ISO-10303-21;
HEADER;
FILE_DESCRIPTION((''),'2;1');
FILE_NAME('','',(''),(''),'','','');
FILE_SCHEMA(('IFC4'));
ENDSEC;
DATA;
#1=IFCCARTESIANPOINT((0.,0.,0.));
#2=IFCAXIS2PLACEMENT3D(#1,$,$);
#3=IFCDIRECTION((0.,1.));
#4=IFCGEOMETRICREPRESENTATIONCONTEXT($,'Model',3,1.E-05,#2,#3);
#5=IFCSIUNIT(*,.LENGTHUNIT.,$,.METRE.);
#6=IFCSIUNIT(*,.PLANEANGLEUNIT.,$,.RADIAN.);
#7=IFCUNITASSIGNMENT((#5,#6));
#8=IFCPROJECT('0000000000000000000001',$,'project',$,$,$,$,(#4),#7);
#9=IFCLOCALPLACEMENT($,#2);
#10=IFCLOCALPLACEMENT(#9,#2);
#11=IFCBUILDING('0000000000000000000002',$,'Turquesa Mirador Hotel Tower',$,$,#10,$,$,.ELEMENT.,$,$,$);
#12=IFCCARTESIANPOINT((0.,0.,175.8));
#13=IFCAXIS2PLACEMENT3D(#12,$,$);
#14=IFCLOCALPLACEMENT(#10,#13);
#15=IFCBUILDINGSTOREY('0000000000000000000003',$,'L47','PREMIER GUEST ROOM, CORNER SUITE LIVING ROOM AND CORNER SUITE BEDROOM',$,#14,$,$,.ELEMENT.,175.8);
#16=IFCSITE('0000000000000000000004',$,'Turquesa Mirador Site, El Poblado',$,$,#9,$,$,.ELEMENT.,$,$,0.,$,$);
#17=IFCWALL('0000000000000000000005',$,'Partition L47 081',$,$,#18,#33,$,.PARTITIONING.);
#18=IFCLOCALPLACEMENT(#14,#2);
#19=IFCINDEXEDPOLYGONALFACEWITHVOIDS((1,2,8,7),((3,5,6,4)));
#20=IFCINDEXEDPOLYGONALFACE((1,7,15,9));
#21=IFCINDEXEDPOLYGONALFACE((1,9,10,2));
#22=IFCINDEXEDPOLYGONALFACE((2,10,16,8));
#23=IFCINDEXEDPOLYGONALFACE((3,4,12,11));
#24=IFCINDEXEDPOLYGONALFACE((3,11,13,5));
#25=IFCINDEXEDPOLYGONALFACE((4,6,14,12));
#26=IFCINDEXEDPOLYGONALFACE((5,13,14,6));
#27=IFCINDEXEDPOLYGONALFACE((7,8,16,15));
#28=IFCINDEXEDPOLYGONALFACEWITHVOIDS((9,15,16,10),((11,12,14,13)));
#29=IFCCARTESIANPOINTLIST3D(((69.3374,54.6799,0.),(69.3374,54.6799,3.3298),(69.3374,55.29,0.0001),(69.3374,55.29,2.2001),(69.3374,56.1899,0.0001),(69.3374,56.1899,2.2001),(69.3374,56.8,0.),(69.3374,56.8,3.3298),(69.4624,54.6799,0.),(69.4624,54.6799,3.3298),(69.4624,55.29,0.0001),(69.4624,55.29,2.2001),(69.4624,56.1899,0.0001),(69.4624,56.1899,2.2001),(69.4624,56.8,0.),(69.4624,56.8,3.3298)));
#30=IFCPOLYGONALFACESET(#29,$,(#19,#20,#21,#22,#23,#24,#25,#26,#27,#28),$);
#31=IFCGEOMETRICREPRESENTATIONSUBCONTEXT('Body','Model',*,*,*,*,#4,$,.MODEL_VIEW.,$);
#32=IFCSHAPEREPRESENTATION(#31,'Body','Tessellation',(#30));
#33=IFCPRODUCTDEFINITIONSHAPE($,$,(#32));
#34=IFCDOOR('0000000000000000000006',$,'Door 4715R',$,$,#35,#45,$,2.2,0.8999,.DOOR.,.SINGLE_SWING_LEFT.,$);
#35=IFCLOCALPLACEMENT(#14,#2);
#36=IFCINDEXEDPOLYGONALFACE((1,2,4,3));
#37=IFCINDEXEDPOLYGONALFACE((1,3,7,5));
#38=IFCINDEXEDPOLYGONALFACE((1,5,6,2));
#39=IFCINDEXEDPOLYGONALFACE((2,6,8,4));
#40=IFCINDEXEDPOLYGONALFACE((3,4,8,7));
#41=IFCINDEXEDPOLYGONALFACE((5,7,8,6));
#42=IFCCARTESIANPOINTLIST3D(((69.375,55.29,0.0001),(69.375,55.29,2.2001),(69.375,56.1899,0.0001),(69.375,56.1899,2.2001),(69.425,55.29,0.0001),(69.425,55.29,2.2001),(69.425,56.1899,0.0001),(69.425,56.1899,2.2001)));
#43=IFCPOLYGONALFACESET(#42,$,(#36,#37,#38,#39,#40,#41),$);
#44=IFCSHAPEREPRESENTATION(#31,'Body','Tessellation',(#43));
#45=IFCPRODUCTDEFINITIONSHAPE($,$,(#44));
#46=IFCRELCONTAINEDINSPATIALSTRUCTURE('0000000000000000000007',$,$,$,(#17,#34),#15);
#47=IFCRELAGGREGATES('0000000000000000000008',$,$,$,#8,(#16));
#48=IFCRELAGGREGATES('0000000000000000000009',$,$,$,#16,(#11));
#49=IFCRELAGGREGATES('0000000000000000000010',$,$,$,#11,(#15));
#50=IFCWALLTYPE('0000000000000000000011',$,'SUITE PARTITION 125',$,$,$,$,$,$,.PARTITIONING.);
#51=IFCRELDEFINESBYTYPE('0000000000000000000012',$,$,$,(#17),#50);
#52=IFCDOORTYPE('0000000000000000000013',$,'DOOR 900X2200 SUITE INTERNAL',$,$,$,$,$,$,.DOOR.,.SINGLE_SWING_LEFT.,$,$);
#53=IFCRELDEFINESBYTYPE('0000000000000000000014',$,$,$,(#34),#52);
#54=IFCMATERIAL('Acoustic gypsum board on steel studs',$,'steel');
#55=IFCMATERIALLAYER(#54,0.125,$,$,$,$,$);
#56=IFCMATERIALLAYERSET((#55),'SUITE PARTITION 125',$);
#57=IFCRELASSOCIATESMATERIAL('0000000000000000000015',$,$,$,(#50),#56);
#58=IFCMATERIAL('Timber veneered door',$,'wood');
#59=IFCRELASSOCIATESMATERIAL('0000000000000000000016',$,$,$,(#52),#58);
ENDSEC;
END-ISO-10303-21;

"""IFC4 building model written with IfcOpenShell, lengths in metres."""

from ifc_helpers import new_model, si_unit, direction, frame, frame_2d, origin, place, context, subcontext, project, spatial, rectangle, extrude, material, layer, layer_set, type_object, element, fill, save


model = new_model("IFC4")

# Units and contexts
model_context = context("Model", 3, precision=1e-05, world=origin(), true_north=direction((0.0, 1.0)))
body_context = subcontext(model_context, "Body", "Model", "MODEL_VIEW")
ifc_project = project(units=[si_unit("LENGTHUNIT", "METRE"), si_unit("PLANEANGLEUNIT", "RADIAN")], contexts=[model_context])

# Site, building, storey
site_placement = place(None, origin())
site = spatial("IfcSite", under=ifc_project, at=site_placement, Name="Turquesa Mirador Site, El Poblado", CompositionType="ELEMENT", RefElevation=0.0)
building_placement = place(site_placement, origin())
building = spatial("IfcBuilding", under=site, at=building_placement, Name="Turquesa Mirador Hotel Tower", CompositionType="ELEMENT")
storey_placement = place(building_placement, frame((0.0, 0.0, 175.8)))
storey = spatial("IfcBuildingStorey", under=building, at=storey_placement, Name="L47", Description="PREMIER GUEST ROOM, CORNER SUITE LIVING ROOM AND CORNER SUITE BEDROOM", CompositionType="ELEMENT", Elevation=175.8)

# Shared definitions
ifc_material_1 = material(Name="Acoustic gypsum board on steel studs", Category="steel")
ifc_layer_1 = layer(ifc_material_1, 0.125)
ifc_layer_set_1 = layer_set([ifc_layer_1], Name="SUITE PARTITION 125")
wall_type_1 = type_object("IfcWallType", Name="SUITE PARTITION 125", PredefinedType="PARTITIONING", material=ifc_layer_set_1)

# Wall, opening, door
wall_1_placement = place(storey_placement, frame((69.3999, 54.6799, 0.0), z_axis=(0.0, 0.0, 1.0), x_axis=(0.0, 1.0, 0.0)))
wall_1 = element("IfcWall", 1, at=wall_1_placement, inside=storey, type_object=wall_type_1, Name="Partition L47 081", PredefinedType="PARTITIONING", context=body_context, shape_type="SweptSolid", body=[
    extrude(rectangle(XDim=2.1201, YDim=0.125, at=frame_2d((1.0601, 0.0))), origin(), (0.0, 0.0, 1.0), 3.3298),
])
opening_1_placement = place(wall_1_placement, frame((0.6101, 0.0, 0.0)))
opening_1 = element("IfcOpeningElement", 2, at=opening_1_placement, cuts=wall_1, PredefinedType="OPENING", context=body_context, shape_type="SweptSolid", body=[
    extrude(rectangle(XDim=0.8999, YDim=2.2, at=frame_2d((0.45, 1.1001))), frame((0.0, 0.0725, 0.0), z_axis=(0.0, -1.0, 0.0), x_axis=(1.0, 0.0, 0.0)), (0.0, 0.0, 1.0), 0.145),
])
ifc_material_2 = material(Name="Timber veneered door", Category="wood")
door_type_1 = type_object("IfcDoorType", Name="DOOR 900X2200 SUITE INTERNAL", OperationType="SINGLE_SWING_LEFT", PredefinedType="DOOR", material=ifc_material_2)
door_1_placement = place(opening_1_placement, origin())
door_1 = element("IfcDoor", 3, at=door_1_placement, inside=storey, type_object=door_type_1, Name="Door 4715R", OperationType="SINGLE_SWING_LEFT", OverallHeight=2.2, OverallWidth=0.8999, PredefinedType="DOOR", context=body_context, shape_type="SweptSolid", body=[
    extrude(rectangle(XDim=0.8999, YDim=2.2, at=frame_2d((0.45, 1.1001))), frame((0.0, 0.0249, 0.0), z_axis=(0.0, -1.0, 0.0), x_axis=(1.0, 0.0, 0.0)), (0.0, 0.0, 1.0), 0.05),
])
fill(opening_1, door_1)

save(model, "model.ifc")
